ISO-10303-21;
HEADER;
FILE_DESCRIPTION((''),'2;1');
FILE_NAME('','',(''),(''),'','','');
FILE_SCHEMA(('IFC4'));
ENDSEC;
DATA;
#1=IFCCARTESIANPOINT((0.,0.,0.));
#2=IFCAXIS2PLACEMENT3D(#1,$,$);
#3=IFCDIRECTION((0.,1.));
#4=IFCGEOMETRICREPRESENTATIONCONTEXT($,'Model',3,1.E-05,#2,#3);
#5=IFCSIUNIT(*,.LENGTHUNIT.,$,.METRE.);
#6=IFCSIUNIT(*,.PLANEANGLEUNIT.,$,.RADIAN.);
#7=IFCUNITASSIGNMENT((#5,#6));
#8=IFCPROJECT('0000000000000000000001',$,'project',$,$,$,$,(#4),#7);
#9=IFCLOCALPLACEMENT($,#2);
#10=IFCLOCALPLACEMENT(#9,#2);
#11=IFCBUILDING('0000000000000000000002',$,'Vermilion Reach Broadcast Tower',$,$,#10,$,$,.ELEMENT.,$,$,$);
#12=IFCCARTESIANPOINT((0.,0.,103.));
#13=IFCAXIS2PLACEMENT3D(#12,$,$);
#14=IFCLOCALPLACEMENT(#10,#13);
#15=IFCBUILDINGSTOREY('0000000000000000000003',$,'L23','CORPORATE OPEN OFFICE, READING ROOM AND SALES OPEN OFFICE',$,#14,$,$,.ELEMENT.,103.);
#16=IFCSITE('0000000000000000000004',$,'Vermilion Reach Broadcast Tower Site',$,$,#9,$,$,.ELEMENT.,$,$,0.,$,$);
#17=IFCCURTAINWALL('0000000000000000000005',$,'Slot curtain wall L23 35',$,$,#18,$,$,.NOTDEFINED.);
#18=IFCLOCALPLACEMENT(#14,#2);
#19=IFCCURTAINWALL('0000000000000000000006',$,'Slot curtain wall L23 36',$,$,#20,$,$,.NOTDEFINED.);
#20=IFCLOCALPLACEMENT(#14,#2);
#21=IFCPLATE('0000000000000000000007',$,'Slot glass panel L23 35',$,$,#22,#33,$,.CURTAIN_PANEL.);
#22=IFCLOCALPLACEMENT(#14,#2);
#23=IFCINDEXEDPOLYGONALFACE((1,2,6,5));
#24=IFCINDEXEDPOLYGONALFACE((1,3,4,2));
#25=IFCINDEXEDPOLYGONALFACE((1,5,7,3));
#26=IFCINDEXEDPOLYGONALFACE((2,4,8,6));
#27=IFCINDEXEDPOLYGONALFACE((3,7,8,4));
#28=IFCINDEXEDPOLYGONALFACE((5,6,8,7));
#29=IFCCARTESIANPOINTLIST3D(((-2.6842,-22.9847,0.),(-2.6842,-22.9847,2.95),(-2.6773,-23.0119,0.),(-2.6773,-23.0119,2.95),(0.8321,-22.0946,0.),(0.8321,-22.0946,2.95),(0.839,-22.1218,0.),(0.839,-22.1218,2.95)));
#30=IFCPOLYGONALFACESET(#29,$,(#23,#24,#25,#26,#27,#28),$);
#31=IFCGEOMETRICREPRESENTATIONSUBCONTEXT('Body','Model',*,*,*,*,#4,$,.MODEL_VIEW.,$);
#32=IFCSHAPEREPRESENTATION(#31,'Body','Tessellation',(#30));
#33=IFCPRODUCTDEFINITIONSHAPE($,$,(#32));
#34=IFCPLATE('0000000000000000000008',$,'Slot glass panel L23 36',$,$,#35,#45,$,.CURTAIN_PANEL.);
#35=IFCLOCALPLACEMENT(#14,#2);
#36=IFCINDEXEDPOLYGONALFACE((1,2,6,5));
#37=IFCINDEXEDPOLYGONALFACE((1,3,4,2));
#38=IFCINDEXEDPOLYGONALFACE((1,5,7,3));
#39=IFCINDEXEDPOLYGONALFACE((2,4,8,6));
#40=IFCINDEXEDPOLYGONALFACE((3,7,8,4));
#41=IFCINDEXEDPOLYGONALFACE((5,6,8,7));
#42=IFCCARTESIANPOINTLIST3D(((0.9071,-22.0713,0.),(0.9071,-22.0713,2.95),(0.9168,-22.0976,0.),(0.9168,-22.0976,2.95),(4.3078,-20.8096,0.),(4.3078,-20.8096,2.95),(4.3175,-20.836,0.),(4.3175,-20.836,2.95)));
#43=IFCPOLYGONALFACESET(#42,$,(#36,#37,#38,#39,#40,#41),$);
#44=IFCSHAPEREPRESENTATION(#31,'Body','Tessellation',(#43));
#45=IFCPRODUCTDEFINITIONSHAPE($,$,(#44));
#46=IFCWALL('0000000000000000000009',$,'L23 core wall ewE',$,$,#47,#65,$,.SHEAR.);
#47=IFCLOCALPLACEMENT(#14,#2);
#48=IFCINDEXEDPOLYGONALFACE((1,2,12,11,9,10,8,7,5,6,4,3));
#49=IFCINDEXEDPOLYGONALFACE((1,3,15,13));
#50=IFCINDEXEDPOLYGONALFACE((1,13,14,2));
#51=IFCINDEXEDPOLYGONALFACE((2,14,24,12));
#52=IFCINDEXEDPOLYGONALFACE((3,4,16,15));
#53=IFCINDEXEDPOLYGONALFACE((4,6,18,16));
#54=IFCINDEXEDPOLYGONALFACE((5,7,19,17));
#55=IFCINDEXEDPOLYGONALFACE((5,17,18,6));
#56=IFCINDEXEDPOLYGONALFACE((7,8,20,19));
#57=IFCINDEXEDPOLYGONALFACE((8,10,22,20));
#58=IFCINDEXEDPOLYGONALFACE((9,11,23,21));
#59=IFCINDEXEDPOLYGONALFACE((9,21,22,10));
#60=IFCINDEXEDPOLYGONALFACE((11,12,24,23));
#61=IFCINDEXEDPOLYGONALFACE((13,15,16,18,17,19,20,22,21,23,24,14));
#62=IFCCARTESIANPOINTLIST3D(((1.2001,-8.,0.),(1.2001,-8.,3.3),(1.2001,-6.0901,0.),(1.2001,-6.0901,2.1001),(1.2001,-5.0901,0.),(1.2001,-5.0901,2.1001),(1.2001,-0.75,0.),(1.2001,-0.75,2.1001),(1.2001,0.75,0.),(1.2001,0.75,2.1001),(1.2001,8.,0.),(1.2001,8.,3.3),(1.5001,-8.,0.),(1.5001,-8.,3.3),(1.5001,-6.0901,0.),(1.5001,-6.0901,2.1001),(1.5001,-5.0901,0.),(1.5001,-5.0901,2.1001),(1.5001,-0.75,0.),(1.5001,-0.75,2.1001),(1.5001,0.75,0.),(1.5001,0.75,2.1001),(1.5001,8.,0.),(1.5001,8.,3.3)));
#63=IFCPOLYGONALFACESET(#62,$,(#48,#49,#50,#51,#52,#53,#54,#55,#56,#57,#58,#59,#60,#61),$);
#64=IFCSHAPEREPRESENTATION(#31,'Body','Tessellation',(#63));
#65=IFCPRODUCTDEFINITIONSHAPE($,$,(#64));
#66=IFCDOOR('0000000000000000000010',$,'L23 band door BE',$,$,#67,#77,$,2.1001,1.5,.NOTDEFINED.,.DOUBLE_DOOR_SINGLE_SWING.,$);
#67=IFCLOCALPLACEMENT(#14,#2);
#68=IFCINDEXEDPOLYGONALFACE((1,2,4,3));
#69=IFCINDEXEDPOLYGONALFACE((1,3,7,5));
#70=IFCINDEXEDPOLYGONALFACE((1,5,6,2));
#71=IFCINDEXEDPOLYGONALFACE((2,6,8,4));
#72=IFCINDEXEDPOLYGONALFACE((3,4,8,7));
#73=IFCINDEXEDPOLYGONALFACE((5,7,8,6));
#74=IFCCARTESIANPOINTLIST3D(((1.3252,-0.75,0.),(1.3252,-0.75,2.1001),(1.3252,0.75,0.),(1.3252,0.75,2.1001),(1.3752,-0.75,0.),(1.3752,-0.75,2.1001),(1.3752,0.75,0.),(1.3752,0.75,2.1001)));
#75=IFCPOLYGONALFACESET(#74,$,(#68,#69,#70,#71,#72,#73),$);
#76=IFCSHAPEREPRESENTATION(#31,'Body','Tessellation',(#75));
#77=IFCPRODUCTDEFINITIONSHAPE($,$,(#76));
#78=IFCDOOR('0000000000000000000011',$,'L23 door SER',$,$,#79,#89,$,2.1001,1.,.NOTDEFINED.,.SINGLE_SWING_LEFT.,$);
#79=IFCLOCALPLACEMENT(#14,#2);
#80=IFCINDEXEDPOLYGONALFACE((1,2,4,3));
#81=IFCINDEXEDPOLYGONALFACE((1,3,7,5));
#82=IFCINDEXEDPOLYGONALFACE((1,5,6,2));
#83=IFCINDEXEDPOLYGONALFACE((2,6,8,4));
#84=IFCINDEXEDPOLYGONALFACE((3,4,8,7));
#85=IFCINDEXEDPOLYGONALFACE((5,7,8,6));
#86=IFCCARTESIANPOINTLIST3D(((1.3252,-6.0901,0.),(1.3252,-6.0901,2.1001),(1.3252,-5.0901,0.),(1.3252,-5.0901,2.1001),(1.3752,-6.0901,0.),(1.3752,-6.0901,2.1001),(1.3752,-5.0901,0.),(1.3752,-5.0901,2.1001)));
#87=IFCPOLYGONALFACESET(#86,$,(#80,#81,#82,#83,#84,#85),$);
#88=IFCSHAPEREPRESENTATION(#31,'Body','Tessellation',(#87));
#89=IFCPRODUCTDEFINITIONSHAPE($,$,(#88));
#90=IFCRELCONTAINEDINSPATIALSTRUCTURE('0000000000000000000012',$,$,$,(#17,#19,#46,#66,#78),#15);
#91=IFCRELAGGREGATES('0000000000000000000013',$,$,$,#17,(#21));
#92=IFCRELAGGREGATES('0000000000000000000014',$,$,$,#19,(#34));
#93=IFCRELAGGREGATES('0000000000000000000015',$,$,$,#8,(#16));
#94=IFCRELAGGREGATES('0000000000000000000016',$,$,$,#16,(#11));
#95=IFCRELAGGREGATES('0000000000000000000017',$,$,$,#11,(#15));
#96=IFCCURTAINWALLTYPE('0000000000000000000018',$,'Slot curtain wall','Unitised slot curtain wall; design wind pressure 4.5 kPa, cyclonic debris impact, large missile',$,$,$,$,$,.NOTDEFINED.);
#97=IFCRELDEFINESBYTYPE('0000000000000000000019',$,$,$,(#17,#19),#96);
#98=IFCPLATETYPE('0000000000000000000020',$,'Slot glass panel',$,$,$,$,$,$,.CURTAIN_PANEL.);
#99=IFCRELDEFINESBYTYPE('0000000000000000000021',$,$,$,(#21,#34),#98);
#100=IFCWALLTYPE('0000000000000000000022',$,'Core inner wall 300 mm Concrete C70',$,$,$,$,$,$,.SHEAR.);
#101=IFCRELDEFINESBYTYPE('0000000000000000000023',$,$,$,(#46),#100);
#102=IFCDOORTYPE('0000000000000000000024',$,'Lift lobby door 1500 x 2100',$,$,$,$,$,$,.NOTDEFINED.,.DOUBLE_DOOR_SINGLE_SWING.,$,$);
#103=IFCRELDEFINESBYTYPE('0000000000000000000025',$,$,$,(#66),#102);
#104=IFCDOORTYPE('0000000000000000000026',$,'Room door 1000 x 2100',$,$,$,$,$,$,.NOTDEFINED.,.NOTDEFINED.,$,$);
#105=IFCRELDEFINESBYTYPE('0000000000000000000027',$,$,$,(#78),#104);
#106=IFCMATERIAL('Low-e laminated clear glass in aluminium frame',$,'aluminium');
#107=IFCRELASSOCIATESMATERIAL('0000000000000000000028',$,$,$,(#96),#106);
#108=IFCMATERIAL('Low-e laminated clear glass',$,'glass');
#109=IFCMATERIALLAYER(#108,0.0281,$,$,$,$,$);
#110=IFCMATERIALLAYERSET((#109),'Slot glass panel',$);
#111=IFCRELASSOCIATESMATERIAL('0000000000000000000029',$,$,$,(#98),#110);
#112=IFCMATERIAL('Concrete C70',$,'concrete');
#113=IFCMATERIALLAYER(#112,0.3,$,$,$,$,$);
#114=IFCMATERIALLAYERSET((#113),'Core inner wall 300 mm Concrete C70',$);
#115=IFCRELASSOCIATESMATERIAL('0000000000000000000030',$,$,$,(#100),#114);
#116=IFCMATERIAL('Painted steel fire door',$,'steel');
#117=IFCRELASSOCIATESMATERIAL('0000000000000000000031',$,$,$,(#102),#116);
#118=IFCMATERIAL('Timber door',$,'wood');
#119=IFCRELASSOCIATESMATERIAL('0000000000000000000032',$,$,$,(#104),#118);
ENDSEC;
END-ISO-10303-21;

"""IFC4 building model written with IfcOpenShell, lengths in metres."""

from ifc_helpers import new_model, si_unit, direction, frame, frame_2d, origin, origin_2d, place, context, subcontext, project, spatial, rectangle, extrude, material, layer, layer_set, type_object, element, fill, aggregate, save


model = new_model("IFC4")

# Units and contexts
model_context = context("Model", 3, precision=1e-05, world=origin(), true_north=direction((0.0, 1.0)))
body_context = subcontext(model_context, "Body", "Model", "MODEL_VIEW")
ifc_project = project(units=[si_unit("LENGTHUNIT", "METRE"), si_unit("PLANEANGLEUNIT", "RADIAN")], contexts=[model_context])

# Site, building, storey
site_placement = place(None, origin())
site = spatial("IfcSite", under=ifc_project, at=site_placement, Name="Vermilion Reach Broadcast Tower Site", CompositionType="ELEMENT", RefElevation=0.0)
building_placement = place(site_placement, origin())
building = spatial("IfcBuilding", under=site, at=building_placement, Name="Vermilion Reach Broadcast Tower", CompositionType="ELEMENT")
storey_placement = place(building_placement, frame((0.0, 0.0, 103.0)))
storey = spatial("IfcBuildingStorey", under=building, at=storey_placement, Name="L23", Description="CORPORATE OPEN OFFICE, READING ROOM AND SALES OPEN OFFICE", CompositionType="ELEMENT", Elevation=103.0)

# Curtain walls
ifc_material_1 = material(Name="Low-e laminated clear glass in aluminium frame", Category="aluminium")
curtain_wall_type = type_object("IfcCurtainWallType", Name="Slot curtain wall", Description="Unitised slot curtain wall; design wind pressure 4.5 kPa, cyclonic debris impact, large missile", PredefinedType="NOTDEFINED", material=ifc_material_1)
placement = place(storey_placement, origin())
curtain_wall_1 = element("IfcCurtainWall", 1, at=placement, inside=storey, type_object=curtain_wall_type, Name="Slot curtain wall L23 35", PredefinedType="NOTDEFINED")
curtain_wall_2 = element("IfcCurtainWall", 2, at=placement, inside=storey, type_object=curtain_wall_type, Name="Slot curtain wall L23 36", PredefinedType="NOTDEFINED")

# Shared definitions
ifc_material_2 = material(Name="Low-e laminated clear glass", Category="glass")
ifc_layer_1 = layer(ifc_material_2, 0.0281)
ifc_layer_set_1 = layer_set([ifc_layer_1], Name="Slot glass panel")
plate_type = type_object("IfcPlateType", Name="Slot glass panel", PredefinedType="CURTAIN_PANEL", material=ifc_layer_set_1)

# Plates
plate_1_placement = place(storey_placement, frame((-0.9226, -22.5532, 0.0), z_axis=(0.0, 0.0, 1.0), x_axis=(0.969421, 0.245404, 0.0)))
plate_1 = element("IfcPlate", 3, at=plate_1_placement, type_object=plate_type, Name="Slot glass panel L23 35", PredefinedType="CURTAIN_PANEL", context=body_context, shape_type="SweptSolid", body=[
    extrude(rectangle(XDim=3.6272, YDim=0.0281, at=origin_2d()), origin(), (0.0, 0.0, 1.0), 2.95),
])
aggregate(curtain_wall_1, [plate_1])
plate_2_placement = place(storey_placement, frame((2.6123, -21.4536, 0.0), z_axis=(0.0, 0.0, 1.0), x_axis=(0.93756, 0.347825, 0.0)))
plate_2 = element("IfcPlate", 4, at=plate_2_placement, type_object=plate_type, Name="Slot glass panel L23 36", PredefinedType="CURTAIN_PANEL", context=body_context, shape_type="SweptSolid", body=[
    extrude(rectangle(XDim=3.6272, YDim=0.0281, at=origin_2d()), origin(), (0.0, 0.0, 1.0), 2.95),
])
aggregate(curtain_wall_2, [plate_2])

# Wall, openings, doors
ifc_material_3 = material(Name="Concrete C70", Category="concrete")
ifc_layer_2 = layer(ifc_material_3, 0.3)
ifc_layer_set_2 = layer_set([ifc_layer_2], Name="Core inner wall 300 mm Concrete C70")
wall_type = type_object("IfcWallType", Name="Core inner wall 300 mm Concrete C70", PredefinedType="SHEAR", material=ifc_layer_set_2)
wall_placement = place(storey_placement, frame((1.3501, -8.0, 0.0), z_axis=(0.0, 0.0, 1.0), x_axis=(0.0, 1.0, 0.0)))
wall = element("IfcWall", 5, at=wall_placement, inside=storey, type_object=wall_type, Name="L23 core wall ewE", PredefinedType="SHEAR", context=body_context, shape_type="SweptSolid", body=[
    extrude(rectangle(XDim=16.0, YDim=0.3, at=frame_2d((8.0, 0.0))), origin(), (0.0, 0.0, 1.0), 3.3),
])
opening_1_placement = place(wall_placement, frame((1.9099, 0.0, 0.0)))
opening_1 = element("IfcOpeningElement", 6, at=opening_1_placement, cuts=wall, PredefinedType="OPENING", context=body_context, shape_type="SweptSolid", body=[
    extrude(rectangle(XDim=1.0, YDim=2.1001, at=frame_2d((0.5, 1.05))), frame((0.0, 0.1599, 0.0), z_axis=(0.0, -1.0, 0.0), x_axis=(1.0, 0.0, 0.0)), (0.0, 0.0, 1.0), 0.3201),
])
opening_2_placement = place(wall_placement, frame((7.25, 0.0, 0.0)))
opening_2 = element("IfcOpeningElement", 7, at=opening_2_placement, cuts=wall, PredefinedType="OPENING", context=body_context, shape_type="SweptSolid", body=[
    extrude(rectangle(XDim=1.5, YDim=2.1001, at=frame_2d((0.75, 1.05))), frame((0.0, 0.1599, 0.0), z_axis=(0.0, -1.0, 0.0), x_axis=(1.0, 0.0, 0.0)), (0.0, 0.0, 1.0), 0.3201),
])
ifc_material_4 = material(Name="Painted steel fire door", Category="steel")
door_type_1 = type_object("IfcDoorType", Name="Lift lobby door 1500 x 2100", OperationType="DOUBLE_DOOR_SINGLE_SWING", PredefinedType="NOTDEFINED", material=ifc_material_4)
door_1_placement = place(opening_2_placement, origin())
door_1 = element("IfcDoor", 8, at=door_1_placement, inside=storey, type_object=door_type_1, Name="L23 band door BE", OperationType="DOUBLE_DOOR_SINGLE_SWING", OverallHeight=2.1001, OverallWidth=1.5, PredefinedType="NOTDEFINED", context=body_context, shape_type="SweptSolid", body=[
    extrude(rectangle(XDim=1.5, YDim=2.1001, at=frame_2d((0.75, 1.05))), frame((0.0, 0.0249, 0.0), z_axis=(0.0, -1.0, 0.0), x_axis=(1.0, 0.0, 0.0)), (0.0, 0.0, 1.0), 0.05),
])
fill(opening_2, door_1)
ifc_material_5 = material(Name="Timber door", Category="wood")
door_type_2 = type_object("IfcDoorType", Name="Room door 1000 x 2100", OperationType="NOTDEFINED", PredefinedType="NOTDEFINED", material=ifc_material_5)
door_2_placement = place(opening_1_placement, origin())
door_2 = element("IfcDoor", 9, at=door_2_placement, inside=storey, type_object=door_type_2, Name="L23 door SER", OperationType="SINGLE_SWING_LEFT", OverallHeight=2.1001, OverallWidth=1.0, PredefinedType="NOTDEFINED", context=body_context, shape_type="SweptSolid", body=[
    extrude(rectangle(XDim=1.0, YDim=2.1001, at=frame_2d((0.5, 1.05))), frame((0.0, 0.0249, 0.0), z_axis=(0.0, -1.0, 0.0), x_axis=(1.0, 0.0, 0.0)), (0.0, 0.0, 1.0), 0.05),
])
fill(opening_1, door_2)

save(model, "model.ifc")
